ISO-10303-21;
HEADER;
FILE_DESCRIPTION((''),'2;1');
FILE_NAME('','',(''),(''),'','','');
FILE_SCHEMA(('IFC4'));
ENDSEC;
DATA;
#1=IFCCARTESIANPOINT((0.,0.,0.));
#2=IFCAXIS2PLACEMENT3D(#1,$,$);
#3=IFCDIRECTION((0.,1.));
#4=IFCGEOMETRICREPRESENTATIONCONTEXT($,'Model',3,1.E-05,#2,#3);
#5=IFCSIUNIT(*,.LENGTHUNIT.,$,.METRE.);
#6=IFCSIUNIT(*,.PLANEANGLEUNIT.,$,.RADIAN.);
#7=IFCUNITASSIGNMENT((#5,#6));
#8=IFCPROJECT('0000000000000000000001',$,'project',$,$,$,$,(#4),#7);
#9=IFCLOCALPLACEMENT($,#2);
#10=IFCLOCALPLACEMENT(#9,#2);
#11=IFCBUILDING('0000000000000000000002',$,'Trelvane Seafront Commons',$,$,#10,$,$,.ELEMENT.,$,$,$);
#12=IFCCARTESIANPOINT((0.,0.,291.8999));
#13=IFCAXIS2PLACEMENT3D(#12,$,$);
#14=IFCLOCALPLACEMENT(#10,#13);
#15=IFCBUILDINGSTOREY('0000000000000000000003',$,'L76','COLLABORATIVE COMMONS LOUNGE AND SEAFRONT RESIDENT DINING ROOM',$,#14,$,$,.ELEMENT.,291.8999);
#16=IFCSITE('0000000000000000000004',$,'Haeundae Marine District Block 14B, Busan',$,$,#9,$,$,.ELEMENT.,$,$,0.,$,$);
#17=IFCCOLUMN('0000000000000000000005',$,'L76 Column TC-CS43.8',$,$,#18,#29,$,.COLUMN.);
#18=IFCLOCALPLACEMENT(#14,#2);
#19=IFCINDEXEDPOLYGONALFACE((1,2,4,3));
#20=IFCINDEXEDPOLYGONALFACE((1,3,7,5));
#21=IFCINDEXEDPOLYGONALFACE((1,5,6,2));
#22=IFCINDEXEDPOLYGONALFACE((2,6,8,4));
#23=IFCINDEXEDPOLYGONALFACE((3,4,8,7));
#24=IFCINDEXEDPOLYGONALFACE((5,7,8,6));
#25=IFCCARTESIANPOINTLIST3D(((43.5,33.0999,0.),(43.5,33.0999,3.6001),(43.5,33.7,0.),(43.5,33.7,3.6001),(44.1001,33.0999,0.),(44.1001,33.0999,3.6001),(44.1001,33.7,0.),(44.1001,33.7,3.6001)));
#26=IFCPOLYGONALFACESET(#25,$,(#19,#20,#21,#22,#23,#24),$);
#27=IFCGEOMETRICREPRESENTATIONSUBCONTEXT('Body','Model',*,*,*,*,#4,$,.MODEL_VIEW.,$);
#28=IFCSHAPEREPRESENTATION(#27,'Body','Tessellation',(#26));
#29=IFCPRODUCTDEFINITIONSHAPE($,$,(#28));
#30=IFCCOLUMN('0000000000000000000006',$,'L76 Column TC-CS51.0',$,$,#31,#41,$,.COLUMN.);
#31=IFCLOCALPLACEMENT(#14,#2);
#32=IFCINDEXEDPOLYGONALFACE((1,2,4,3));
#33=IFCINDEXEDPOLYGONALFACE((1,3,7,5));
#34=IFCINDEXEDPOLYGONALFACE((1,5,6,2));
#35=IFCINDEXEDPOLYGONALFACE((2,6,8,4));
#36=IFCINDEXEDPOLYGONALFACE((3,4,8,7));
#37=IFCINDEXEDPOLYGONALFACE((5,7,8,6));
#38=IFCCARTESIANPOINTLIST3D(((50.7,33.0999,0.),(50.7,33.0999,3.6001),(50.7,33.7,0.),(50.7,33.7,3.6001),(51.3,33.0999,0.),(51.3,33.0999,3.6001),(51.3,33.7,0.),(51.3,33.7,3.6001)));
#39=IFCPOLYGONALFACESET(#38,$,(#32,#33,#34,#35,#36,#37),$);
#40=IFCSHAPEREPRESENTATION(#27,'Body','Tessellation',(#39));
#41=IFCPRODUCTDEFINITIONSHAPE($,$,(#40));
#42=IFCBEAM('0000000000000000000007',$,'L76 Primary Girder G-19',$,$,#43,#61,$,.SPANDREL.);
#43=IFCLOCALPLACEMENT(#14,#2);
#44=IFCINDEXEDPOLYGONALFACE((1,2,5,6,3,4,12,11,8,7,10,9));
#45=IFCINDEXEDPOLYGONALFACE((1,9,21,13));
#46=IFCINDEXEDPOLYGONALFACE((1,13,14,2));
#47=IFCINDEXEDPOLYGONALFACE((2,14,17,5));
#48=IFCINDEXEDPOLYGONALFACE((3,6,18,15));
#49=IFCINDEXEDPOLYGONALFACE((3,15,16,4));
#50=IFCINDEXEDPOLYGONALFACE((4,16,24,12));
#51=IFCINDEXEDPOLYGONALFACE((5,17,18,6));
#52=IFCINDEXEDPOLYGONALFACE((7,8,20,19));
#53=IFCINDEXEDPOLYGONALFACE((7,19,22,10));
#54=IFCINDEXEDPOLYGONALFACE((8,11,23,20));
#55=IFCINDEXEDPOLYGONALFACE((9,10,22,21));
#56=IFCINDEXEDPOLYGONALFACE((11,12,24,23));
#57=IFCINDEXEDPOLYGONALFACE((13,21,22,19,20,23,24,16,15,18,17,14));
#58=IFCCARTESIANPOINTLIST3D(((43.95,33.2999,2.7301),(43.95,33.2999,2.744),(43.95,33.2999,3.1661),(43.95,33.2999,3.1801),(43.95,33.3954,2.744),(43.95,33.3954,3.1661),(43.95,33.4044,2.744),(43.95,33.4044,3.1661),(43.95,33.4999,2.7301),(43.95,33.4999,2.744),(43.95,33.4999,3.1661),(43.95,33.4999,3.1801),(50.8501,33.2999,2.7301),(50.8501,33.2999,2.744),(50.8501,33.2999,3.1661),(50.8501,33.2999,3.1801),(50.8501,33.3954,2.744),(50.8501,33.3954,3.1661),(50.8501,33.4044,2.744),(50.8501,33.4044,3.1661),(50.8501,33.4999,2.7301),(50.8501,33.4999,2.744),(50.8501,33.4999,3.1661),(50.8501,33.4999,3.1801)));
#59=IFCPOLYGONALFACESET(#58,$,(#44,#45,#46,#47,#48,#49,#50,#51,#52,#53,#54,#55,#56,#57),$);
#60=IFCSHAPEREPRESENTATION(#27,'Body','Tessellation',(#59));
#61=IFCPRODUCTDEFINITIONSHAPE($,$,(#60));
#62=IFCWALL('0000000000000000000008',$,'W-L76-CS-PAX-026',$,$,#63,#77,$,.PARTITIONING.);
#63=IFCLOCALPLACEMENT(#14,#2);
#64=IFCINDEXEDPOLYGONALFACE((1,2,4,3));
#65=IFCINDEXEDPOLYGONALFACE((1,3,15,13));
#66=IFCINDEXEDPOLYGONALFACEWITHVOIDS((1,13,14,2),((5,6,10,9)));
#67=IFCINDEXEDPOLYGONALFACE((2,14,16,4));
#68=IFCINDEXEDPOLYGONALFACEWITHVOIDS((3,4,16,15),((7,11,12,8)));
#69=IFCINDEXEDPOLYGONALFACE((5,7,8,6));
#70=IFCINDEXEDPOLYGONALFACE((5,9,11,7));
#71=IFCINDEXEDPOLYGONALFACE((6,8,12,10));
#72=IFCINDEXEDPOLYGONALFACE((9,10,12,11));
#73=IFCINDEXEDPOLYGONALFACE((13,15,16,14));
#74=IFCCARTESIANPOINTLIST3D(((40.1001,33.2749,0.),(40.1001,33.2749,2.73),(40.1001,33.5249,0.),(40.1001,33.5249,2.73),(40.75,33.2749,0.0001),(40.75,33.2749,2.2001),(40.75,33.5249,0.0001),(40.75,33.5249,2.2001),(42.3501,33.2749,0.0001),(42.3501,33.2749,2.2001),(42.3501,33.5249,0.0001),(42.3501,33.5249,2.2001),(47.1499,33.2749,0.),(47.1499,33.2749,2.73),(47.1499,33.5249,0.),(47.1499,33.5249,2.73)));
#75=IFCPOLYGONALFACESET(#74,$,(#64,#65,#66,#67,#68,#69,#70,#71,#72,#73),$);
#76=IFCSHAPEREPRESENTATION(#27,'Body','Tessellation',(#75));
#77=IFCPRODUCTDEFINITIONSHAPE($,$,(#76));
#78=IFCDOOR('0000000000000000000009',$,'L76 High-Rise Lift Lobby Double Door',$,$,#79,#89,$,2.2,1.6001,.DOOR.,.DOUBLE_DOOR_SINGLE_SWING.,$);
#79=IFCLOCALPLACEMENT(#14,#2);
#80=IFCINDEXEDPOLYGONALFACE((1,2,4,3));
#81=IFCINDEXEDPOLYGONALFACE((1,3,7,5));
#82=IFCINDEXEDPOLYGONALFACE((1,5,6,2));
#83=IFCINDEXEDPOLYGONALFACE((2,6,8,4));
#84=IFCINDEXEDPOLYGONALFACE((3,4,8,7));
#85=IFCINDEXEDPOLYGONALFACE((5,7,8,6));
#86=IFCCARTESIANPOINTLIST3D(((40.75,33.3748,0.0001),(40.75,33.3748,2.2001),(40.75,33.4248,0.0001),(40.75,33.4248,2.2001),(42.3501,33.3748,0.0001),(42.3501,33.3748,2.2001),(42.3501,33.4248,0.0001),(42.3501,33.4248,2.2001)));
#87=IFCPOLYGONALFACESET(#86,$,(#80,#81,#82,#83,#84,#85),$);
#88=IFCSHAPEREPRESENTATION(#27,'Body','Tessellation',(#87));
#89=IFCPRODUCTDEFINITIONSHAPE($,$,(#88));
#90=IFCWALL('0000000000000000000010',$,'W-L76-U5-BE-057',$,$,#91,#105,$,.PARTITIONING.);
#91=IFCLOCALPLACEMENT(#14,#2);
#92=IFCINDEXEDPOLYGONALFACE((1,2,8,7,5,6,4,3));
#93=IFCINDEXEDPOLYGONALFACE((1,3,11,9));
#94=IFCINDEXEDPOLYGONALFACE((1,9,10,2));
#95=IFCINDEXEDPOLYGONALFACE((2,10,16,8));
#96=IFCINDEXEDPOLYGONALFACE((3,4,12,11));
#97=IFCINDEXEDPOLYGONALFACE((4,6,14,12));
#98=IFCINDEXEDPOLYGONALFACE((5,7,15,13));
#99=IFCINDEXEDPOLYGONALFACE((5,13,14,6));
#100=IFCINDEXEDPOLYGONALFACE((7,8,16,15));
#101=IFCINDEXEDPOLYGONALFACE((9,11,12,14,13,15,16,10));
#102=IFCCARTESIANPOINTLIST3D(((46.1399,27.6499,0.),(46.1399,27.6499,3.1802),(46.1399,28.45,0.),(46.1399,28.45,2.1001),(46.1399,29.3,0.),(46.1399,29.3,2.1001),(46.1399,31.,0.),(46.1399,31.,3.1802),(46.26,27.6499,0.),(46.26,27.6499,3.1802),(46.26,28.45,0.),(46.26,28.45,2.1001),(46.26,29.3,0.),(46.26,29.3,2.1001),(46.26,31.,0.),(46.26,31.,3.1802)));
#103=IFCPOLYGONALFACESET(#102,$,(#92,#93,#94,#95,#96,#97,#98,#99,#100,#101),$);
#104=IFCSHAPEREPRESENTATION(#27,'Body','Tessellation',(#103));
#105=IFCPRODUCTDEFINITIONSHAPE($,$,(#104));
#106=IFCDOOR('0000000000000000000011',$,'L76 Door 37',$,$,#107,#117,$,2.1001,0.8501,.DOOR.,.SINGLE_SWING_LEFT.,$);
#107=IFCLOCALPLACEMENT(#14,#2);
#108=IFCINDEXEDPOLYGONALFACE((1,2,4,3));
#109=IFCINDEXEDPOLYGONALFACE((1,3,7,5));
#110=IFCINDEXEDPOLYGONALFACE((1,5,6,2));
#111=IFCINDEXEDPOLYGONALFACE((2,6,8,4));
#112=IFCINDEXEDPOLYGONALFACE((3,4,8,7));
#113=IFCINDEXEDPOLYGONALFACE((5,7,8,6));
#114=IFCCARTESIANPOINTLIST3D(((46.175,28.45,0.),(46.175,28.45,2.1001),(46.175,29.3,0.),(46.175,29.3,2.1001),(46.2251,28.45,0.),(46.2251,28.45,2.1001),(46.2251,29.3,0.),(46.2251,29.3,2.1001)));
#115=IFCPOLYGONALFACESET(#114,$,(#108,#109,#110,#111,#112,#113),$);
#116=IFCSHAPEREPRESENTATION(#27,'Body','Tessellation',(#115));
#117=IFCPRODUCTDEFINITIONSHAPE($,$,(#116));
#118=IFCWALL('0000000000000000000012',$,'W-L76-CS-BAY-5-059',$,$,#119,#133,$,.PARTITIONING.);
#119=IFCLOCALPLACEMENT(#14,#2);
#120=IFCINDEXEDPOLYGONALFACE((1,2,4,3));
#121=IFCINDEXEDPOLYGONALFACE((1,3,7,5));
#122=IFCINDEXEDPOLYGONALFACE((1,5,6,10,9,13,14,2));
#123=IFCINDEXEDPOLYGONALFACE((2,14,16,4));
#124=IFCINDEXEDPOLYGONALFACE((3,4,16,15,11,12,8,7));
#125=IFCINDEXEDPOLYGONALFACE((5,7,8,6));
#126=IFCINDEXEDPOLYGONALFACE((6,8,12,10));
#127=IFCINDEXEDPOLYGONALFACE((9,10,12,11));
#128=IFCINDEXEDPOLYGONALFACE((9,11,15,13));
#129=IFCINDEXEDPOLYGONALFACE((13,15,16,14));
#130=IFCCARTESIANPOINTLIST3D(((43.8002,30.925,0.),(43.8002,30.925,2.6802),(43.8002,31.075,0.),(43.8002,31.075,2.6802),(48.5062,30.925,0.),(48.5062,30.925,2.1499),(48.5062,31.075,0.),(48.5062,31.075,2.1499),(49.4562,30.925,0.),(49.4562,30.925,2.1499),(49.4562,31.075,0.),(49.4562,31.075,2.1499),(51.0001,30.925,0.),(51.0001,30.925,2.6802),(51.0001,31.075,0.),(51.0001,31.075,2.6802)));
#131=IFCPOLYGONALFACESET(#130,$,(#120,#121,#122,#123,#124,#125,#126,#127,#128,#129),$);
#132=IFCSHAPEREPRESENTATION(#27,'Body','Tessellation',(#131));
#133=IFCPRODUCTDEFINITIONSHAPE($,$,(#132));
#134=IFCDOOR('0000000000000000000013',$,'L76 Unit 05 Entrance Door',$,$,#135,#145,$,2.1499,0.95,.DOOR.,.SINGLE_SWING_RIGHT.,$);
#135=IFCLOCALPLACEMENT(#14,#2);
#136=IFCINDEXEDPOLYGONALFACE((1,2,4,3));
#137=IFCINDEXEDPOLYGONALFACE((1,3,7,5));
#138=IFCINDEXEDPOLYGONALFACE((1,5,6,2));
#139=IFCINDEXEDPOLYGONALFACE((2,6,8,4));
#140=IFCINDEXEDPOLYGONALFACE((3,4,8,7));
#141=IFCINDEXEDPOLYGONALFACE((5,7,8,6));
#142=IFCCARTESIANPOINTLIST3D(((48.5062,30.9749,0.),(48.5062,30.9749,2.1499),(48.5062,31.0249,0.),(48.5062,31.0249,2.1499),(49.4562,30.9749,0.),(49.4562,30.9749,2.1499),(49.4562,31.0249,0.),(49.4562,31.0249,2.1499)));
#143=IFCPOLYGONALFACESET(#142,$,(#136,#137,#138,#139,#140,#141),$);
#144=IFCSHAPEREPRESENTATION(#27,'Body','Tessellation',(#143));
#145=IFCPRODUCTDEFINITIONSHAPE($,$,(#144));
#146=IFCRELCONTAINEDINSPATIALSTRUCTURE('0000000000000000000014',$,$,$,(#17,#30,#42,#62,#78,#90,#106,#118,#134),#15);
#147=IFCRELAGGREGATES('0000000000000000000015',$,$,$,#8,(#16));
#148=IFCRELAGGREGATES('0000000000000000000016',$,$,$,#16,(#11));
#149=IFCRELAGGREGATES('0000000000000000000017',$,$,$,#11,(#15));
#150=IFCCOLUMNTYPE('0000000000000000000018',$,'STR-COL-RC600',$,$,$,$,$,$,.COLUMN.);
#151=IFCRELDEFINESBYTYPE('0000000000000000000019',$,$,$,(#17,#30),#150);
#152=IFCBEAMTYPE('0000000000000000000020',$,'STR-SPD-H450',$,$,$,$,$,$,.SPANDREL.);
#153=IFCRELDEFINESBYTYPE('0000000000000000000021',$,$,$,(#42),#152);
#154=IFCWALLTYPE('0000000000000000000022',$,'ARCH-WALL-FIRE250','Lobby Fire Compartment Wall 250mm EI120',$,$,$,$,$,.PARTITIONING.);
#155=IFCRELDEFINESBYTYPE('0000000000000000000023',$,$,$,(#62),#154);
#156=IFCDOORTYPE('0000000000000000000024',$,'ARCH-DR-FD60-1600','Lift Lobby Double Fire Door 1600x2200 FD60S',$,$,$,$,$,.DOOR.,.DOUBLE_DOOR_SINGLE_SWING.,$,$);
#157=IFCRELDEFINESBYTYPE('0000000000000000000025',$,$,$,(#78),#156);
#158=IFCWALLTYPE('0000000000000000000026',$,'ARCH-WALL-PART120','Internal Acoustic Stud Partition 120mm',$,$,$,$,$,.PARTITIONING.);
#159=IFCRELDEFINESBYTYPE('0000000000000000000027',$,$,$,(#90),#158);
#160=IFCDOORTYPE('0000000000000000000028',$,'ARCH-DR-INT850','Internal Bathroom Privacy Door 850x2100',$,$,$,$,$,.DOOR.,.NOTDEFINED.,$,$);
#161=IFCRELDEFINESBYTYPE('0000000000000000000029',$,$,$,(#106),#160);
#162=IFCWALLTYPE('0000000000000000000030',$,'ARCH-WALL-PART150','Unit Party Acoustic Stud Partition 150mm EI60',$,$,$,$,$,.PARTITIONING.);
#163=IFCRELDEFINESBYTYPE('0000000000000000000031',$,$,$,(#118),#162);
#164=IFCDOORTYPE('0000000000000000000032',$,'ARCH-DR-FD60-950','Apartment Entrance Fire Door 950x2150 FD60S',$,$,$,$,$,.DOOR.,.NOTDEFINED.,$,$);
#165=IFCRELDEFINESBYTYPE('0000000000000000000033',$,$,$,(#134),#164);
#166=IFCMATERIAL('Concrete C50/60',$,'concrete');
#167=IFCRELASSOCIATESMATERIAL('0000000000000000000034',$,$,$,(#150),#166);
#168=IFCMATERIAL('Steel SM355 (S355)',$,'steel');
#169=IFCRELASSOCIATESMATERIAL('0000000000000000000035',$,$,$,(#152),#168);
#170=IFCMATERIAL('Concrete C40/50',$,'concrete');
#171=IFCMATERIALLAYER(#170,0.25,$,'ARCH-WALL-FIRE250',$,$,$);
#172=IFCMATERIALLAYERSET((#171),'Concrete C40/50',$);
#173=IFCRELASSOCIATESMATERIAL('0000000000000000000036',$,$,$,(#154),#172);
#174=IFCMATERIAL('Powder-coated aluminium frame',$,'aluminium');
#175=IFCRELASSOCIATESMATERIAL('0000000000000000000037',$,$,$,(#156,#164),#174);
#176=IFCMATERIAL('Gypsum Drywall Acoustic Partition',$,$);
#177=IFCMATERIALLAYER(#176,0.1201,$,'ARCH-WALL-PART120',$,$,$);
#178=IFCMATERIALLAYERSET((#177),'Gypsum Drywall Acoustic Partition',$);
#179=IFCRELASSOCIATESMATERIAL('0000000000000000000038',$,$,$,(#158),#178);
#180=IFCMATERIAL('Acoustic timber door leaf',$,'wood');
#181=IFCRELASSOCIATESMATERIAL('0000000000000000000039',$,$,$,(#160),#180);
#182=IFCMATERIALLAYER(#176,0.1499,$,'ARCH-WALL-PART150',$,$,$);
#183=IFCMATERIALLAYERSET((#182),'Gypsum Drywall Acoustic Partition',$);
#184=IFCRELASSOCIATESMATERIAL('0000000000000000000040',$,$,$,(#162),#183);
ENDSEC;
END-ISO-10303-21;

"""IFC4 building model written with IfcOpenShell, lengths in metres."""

from ifc_helpers import new_model, si_unit, direction, frame, frame_2d, origin, origin_2d, place, context, subcontext, project, spatial, rectangle, i_section, extrude, source, transform, mapped, material, layer, layer_set, material_profile, profile_set, type_object, element, fill, save


model = new_model("IFC4")

# Units and contexts
model_context = context("Model", 3, precision=1e-05, world=origin(), true_north=direction((0.0, 1.0)))
body_context = subcontext(model_context, "Body", "Model", "MODEL_VIEW")
ifc_project = project(units=[si_unit("LENGTHUNIT", "METRE"), si_unit("PLANEANGLEUNIT", "RADIAN")], contexts=[model_context])

# Site, building, storey
site_placement = place(None, origin())
site = spatial("IfcSite", under=ifc_project, at=site_placement, Name="Haeundae Marine District Block 14B, Busan", CompositionType="ELEMENT", RefElevation=0.0)
building_placement = place(site_placement, origin())
building = spatial("IfcBuilding", under=site, at=building_placement, Name="Trelvane Seafront Commons", CompositionType="ELEMENT")
storey_placement = place(building_placement, frame((0.0, 0.0, 291.8999)))
storey = spatial("IfcBuildingStorey", under=building, at=storey_placement, Name="L76", Description="COLLABORATIVE COMMONS LOUNGE AND SEAFRONT RESIDENT DINING ROOM", CompositionType="ELEMENT", Elevation=291.8999)

# Columns
ifc_material_1 = material(Name="Concrete C50/60", Category="concrete")
ifc_material_profile_1 = material_profile(ifc_material_1, rectangle(XDim=0.6001, YDim=0.6001, at=origin_2d()), Name="RC-600x600")
ifc_profile_set_1 = profile_set([ifc_material_profile_1], Name="Concrete C50/60")
column_type = type_object("IfcColumnType", Name="STR-COL-RC600", PredefinedType="COLUMN", material=ifc_profile_set_1)
shared_shape_1 = source(origin(), body_context, "Body", "SweptSolid", [
    extrude(rectangle(XDim=0.6001, YDim=0.6001, at=origin_2d()), origin(), (0.0, 0.0, 1.0), 3.6001),
])
for number, where, z_axis, x_axis, name in (
    (1, (43.8, 33.3999, 0.0), (0.0, 0.0, 1.0), (1.0, 0.0, 0.0), "L76 Column TC-CS43.8"),
    (2, (51.0, 33.3999, 0.0), (0.0, 0.0, 1.0), (1.0, 0.0, 0.0), "L76 Column TC-CS51.0"),
):
    element("IfcColumn", number, at=place(storey_placement, frame(where, z_axis=z_axis, x_axis=x_axis)), inside=storey, type_object=column_type, Name=name, PredefinedType="COLUMN", context=body_context, shape_type="MappedRepresentation", body=[
        mapped(shared_shape_1, transform((0.0, 0.0, 0.0), x_axis=(1.0, 0.0, 0.0), y_axis=(0.0, 1.0, 0.0), z_axis=(0.0, 0.0, 1.0), scale=1.0)),
    ])

# Beam
ifc_material_2 = material(Name="Steel SM355 (S355)", Category="steel")
ifc_material_profile_2 = material_profile(ifc_material_2, i_section(OverallWidth=0.2, OverallDepth=0.45, WebThickness=0.009, FlangeThickness=0.0139, at=origin_2d()), Name="H-450x200x9x14")
ifc_profile_set_2 = profile_set([ifc_material_profile_2], Name="Steel SM355 (S355)")
beam_type = type_object("IfcBeamType", Name="STR-SPD-H450", PredefinedType="SPANDREL", material=ifc_profile_set_2)
shared_shape_2 = source(origin(), body_context, "Body", "SweptSolid", [
    extrude(i_section(OverallWidth=0.2, OverallDepth=0.45, WebThickness=0.009, FlangeThickness=0.0139, at=origin_2d()), origin(), (0.0, 0.0, 1.0), 6.9001),
])
beam_placement = place(storey_placement, frame((43.95, 33.3999, 2.9551), z_axis=(1.0, 0.0, 0.0), x_axis=(0.0, 1.0, 0.0)))
element("IfcBeam", 3, at=beam_placement, inside=storey, type_object=beam_type, Name="L76 Primary Girder G-19", PredefinedType="SPANDREL", context=body_context, shape_type="MappedRepresentation", body=[
    mapped(shared_shape_2, transform((0.0, 0.0, 0.0), x_axis=(1.0, 0.0, 0.0), y_axis=(0.0, 1.0, 0.0), z_axis=(0.0, 0.0, 1.0), scale=1.0)),
])

# Wall, opening, door
ifc_material_3 = material(Name="Concrete C40/50", Category="concrete")
ifc_layer_1 = layer(ifc_material_3, 0.25, Name="ARCH-WALL-FIRE250")
ifc_layer_set_1 = layer_set([ifc_layer_1], Name="Concrete C40/50")
wall_type_1 = type_object("IfcWallType", Name="ARCH-WALL-FIRE250", Description="Lobby Fire Compartment Wall 250mm EI120", PredefinedType="PARTITIONING", material=ifc_layer_set_1)
wall_1_placement = place(storey_placement, frame((40.1001, 33.3999, 0.0), z_axis=(0.0, 0.0, 1.0), x_axis=(1.0, 0.0, 0.0)))
wall_1 = element("IfcWall", 4, at=wall_1_placement, inside=storey, type_object=wall_type_1, Name="W-L76-CS-PAX-026", PredefinedType="PARTITIONING", context=body_context, shape_type="SweptSolid", body=[
    extrude(rectangle(XDim=7.0498, YDim=0.25, at=frame_2d((3.5249, 0.0))), origin(), (0.0, 0.0, 1.0), 2.73),
])
opening_1_placement = place(wall_1_placement, frame((0.6499, 0.0, 0.0)))
opening_1 = element("IfcOpeningElement", 5, at=opening_1_placement, cuts=wall_1, PredefinedType="OPENING", context=body_context, shape_type="SweptSolid", body=[
    extrude(rectangle(XDim=1.6001, YDim=2.2, at=frame_2d((0.8, 1.1001))), frame((0.0, 0.135, 0.0), z_axis=(0.0, -1.0, 0.0), x_axis=(1.0, 0.0, 0.0)), (0.0, 0.0, 1.0), 0.27),
])
ifc_material_4 = material(Name="Powder-coated aluminium frame", Category="aluminium")
door_type_1 = type_object("IfcDoorType", Name="ARCH-DR-FD60-1600", Description="Lift Lobby Double Fire Door 1600x2200 FD60S", OperationType="DOUBLE_DOOR_SINGLE_SWING", PredefinedType="DOOR", material=ifc_material_4)
shared_shape_3 = source(origin(), body_context, "Body", "SweptSolid", [
    extrude(rectangle(XDim=1.6001, YDim=2.2, at=frame_2d((0.8, 1.1001))), frame((0.0, 0.0249, 0.0), z_axis=(0.0, -1.0, 0.0), x_axis=(1.0, 0.0, 0.0)), (0.0, 0.0, 1.0), 0.05),
])
door_1_placement = place(opening_1_placement, origin())
door_1 = element("IfcDoor", 6, at=door_1_placement, inside=storey, type_object=door_type_1, Name="L76 High-Rise Lift Lobby Double Door", OperationType="DOUBLE_DOOR_SINGLE_SWING", OverallHeight=2.2, OverallWidth=1.6001, PredefinedType="DOOR", context=body_context, shape_type="MappedRepresentation", body=[
    mapped(shared_shape_3, transform((0.0, 0.0, 0.0), x_axis=(1.0, 0.0, 0.0), y_axis=(0.0, 1.0, 0.0), z_axis=(0.0, 0.0, 1.0), scale=1.0)),
])
fill(opening_1, door_1)

# Shared definitions
door_type_2 = type_object("IfcDoorType", Name="ARCH-DR-FD60-950", Description="Apartment Entrance Fire Door 950x2150 FD60S", OperationType="NOTDEFINED", PredefinedType="DOOR", material=ifc_material_4)
shared_shape_4 = source(origin(), body_context, "Body", "SweptSolid", [
    extrude(rectangle(XDim=0.95, YDim=2.1499, at=frame_2d((0.4751, 1.075))), frame((0.0, 0.0249, 0.0), z_axis=(0.0, -1.0, 0.0), x_axis=(1.0, 0.0, 0.0)), (0.0, 0.0, 1.0), 0.05),
])
ifc_material_5 = material(Name="Gypsum Drywall Acoustic Partition")
ifc_layer_2 = layer(ifc_material_5, 0.1201, Name="ARCH-WALL-PART120")
ifc_layer_set_2 = layer_set([ifc_layer_2], Name="Gypsum Drywall Acoustic Partition")
wall_type_2 = type_object("IfcWallType", Name="ARCH-WALL-PART120", Description="Internal Acoustic Stud Partition 120mm", PredefinedType="PARTITIONING", material=ifc_layer_set_2)
ifc_material_6 = material(Name="Acoustic timber door leaf", Category="wood")

# Walls, openings, doors
wall_2_placement = place(storey_placement, frame((46.2, 27.6499, 0.0), z_axis=(0.0, 0.0, 1.0), x_axis=(0.0, 1.0, 0.0)))
wall_2 = element("IfcWall", 7, at=wall_2_placement, inside=storey, type_object=wall_type_2, Name="W-L76-U5-BE-057", PredefinedType="PARTITIONING", context=body_context, shape_type="SweptSolid", body=[
    extrude(rectangle(XDim=3.3501, YDim=0.1201, at=frame_2d((1.675, 0.0))), origin(), (0.0, 0.0, 1.0), 3.1802),
])
opening_2_placement = place(wall_2_placement, frame((0.8, 0.0, 0.0)))
opening_2 = element("IfcOpeningElement", 8, at=opening_2_placement, cuts=wall_2, PredefinedType="OPENING", context=body_context, shape_type="SweptSolid", body=[
    extrude(rectangle(XDim=0.8501, YDim=2.1001, at=frame_2d((0.425, 1.05))), frame((0.0, 0.0701, 0.0), z_axis=(0.0, -1.0, 0.0), x_axis=(1.0, 0.0, 0.0)), (0.0, 0.0, 1.0), 0.1401),
])
door_type_3 = type_object("IfcDoorType", Name="ARCH-DR-INT850", Description="Internal Bathroom Privacy Door 850x2100", OperationType="NOTDEFINED", PredefinedType="DOOR", material=ifc_material_6)
shared_shape_5 = source(origin(), body_context, "Body", "SweptSolid", [
    extrude(rectangle(XDim=0.8501, YDim=2.1001, at=frame_2d((0.425, 1.05))), frame((0.0, 0.0249, 0.0), z_axis=(0.0, -1.0, 0.0), x_axis=(1.0, 0.0, 0.0)), (0.0, 0.0, 1.0), 0.05),
])
door_2_placement = place(opening_2_placement, origin())
door_2 = element("IfcDoor", 9, at=door_2_placement, inside=storey, type_object=door_type_3, Name="L76 Door 37", OperationType="SINGLE_SWING_LEFT", OverallHeight=2.1001, OverallWidth=0.8501, PredefinedType="DOOR", context=body_context, shape_type="MappedRepresentation", body=[
    mapped(shared_shape_5, transform((0.0, 0.0, 0.0), x_axis=(1.0, 0.0, 0.0), y_axis=(0.0, 1.0, 0.0), z_axis=(0.0, 0.0, 1.0), scale=1.0)),
])
fill(opening_2, door_2)
ifc_layer_3 = layer(ifc_material_5, 0.1499, Name="ARCH-WALL-PART150")
ifc_layer_set_3 = layer_set([ifc_layer_3], Name="Gypsum Drywall Acoustic Partition")
wall_type_3 = type_object("IfcWallType", Name="ARCH-WALL-PART150", Description="Unit Party Acoustic Stud Partition 150mm EI60", PredefinedType="PARTITIONING", material=ifc_layer_set_3)
wall_3_placement = place(storey_placement, frame((43.8, 31.0, 0.0), z_axis=(0.0, 0.0, 1.0), x_axis=(1.0, 0.0, 0.0)))
wall_3 = element("IfcWall", 10, at=wall_3_placement, inside=storey, type_object=wall_type_3, Name="W-L76-CS-BAY-5-059", PredefinedType="PARTITIONING", context=body_context, shape_type="SweptSolid", body=[
    extrude(rectangle(XDim=7.2, YDim=0.1499, at=frame_2d((3.6001, 0.0))), origin(), (0.0, 0.0, 1.0), 2.6802),
])
opening_3_placement = place(wall_3_placement, frame((4.7061, 0.0, 0.0)))
opening_3 = element("IfcOpeningElement", 11, at=opening_3_placement, cuts=wall_3, PredefinedType="OPENING", context=body_context, shape_type="SweptSolid", body=[
    extrude(rectangle(XDim=0.95, YDim=2.1499, at=frame_2d((0.4751, 1.075))), frame((0.0, 0.085, 0.0), z_axis=(0.0, -1.0, 0.0), x_axis=(1.0, 0.0, 0.0)), (0.0, 0.0, 1.0), 0.1699),
])
door_3_placement = place(opening_3_placement, origin())
door_3 = element("IfcDoor", 12, at=door_3_placement, inside=storey, type_object=door_type_2, Name="L76 Unit 05 Entrance Door", OperationType="SINGLE_SWING_RIGHT", OverallHeight=2.1499, OverallWidth=0.95, PredefinedType="DOOR", context=body_context, shape_type="MappedRepresentation", body=[
    mapped(shared_shape_4, transform((0.0, 0.0, 0.0), x_axis=(1.0, 0.0, 0.0), y_axis=(0.0, 1.0, 0.0), z_axis=(0.0, 0.0, 1.0), scale=1.0)),
])
fill(opening_3, door_3)

save(model, "model.ifc")
